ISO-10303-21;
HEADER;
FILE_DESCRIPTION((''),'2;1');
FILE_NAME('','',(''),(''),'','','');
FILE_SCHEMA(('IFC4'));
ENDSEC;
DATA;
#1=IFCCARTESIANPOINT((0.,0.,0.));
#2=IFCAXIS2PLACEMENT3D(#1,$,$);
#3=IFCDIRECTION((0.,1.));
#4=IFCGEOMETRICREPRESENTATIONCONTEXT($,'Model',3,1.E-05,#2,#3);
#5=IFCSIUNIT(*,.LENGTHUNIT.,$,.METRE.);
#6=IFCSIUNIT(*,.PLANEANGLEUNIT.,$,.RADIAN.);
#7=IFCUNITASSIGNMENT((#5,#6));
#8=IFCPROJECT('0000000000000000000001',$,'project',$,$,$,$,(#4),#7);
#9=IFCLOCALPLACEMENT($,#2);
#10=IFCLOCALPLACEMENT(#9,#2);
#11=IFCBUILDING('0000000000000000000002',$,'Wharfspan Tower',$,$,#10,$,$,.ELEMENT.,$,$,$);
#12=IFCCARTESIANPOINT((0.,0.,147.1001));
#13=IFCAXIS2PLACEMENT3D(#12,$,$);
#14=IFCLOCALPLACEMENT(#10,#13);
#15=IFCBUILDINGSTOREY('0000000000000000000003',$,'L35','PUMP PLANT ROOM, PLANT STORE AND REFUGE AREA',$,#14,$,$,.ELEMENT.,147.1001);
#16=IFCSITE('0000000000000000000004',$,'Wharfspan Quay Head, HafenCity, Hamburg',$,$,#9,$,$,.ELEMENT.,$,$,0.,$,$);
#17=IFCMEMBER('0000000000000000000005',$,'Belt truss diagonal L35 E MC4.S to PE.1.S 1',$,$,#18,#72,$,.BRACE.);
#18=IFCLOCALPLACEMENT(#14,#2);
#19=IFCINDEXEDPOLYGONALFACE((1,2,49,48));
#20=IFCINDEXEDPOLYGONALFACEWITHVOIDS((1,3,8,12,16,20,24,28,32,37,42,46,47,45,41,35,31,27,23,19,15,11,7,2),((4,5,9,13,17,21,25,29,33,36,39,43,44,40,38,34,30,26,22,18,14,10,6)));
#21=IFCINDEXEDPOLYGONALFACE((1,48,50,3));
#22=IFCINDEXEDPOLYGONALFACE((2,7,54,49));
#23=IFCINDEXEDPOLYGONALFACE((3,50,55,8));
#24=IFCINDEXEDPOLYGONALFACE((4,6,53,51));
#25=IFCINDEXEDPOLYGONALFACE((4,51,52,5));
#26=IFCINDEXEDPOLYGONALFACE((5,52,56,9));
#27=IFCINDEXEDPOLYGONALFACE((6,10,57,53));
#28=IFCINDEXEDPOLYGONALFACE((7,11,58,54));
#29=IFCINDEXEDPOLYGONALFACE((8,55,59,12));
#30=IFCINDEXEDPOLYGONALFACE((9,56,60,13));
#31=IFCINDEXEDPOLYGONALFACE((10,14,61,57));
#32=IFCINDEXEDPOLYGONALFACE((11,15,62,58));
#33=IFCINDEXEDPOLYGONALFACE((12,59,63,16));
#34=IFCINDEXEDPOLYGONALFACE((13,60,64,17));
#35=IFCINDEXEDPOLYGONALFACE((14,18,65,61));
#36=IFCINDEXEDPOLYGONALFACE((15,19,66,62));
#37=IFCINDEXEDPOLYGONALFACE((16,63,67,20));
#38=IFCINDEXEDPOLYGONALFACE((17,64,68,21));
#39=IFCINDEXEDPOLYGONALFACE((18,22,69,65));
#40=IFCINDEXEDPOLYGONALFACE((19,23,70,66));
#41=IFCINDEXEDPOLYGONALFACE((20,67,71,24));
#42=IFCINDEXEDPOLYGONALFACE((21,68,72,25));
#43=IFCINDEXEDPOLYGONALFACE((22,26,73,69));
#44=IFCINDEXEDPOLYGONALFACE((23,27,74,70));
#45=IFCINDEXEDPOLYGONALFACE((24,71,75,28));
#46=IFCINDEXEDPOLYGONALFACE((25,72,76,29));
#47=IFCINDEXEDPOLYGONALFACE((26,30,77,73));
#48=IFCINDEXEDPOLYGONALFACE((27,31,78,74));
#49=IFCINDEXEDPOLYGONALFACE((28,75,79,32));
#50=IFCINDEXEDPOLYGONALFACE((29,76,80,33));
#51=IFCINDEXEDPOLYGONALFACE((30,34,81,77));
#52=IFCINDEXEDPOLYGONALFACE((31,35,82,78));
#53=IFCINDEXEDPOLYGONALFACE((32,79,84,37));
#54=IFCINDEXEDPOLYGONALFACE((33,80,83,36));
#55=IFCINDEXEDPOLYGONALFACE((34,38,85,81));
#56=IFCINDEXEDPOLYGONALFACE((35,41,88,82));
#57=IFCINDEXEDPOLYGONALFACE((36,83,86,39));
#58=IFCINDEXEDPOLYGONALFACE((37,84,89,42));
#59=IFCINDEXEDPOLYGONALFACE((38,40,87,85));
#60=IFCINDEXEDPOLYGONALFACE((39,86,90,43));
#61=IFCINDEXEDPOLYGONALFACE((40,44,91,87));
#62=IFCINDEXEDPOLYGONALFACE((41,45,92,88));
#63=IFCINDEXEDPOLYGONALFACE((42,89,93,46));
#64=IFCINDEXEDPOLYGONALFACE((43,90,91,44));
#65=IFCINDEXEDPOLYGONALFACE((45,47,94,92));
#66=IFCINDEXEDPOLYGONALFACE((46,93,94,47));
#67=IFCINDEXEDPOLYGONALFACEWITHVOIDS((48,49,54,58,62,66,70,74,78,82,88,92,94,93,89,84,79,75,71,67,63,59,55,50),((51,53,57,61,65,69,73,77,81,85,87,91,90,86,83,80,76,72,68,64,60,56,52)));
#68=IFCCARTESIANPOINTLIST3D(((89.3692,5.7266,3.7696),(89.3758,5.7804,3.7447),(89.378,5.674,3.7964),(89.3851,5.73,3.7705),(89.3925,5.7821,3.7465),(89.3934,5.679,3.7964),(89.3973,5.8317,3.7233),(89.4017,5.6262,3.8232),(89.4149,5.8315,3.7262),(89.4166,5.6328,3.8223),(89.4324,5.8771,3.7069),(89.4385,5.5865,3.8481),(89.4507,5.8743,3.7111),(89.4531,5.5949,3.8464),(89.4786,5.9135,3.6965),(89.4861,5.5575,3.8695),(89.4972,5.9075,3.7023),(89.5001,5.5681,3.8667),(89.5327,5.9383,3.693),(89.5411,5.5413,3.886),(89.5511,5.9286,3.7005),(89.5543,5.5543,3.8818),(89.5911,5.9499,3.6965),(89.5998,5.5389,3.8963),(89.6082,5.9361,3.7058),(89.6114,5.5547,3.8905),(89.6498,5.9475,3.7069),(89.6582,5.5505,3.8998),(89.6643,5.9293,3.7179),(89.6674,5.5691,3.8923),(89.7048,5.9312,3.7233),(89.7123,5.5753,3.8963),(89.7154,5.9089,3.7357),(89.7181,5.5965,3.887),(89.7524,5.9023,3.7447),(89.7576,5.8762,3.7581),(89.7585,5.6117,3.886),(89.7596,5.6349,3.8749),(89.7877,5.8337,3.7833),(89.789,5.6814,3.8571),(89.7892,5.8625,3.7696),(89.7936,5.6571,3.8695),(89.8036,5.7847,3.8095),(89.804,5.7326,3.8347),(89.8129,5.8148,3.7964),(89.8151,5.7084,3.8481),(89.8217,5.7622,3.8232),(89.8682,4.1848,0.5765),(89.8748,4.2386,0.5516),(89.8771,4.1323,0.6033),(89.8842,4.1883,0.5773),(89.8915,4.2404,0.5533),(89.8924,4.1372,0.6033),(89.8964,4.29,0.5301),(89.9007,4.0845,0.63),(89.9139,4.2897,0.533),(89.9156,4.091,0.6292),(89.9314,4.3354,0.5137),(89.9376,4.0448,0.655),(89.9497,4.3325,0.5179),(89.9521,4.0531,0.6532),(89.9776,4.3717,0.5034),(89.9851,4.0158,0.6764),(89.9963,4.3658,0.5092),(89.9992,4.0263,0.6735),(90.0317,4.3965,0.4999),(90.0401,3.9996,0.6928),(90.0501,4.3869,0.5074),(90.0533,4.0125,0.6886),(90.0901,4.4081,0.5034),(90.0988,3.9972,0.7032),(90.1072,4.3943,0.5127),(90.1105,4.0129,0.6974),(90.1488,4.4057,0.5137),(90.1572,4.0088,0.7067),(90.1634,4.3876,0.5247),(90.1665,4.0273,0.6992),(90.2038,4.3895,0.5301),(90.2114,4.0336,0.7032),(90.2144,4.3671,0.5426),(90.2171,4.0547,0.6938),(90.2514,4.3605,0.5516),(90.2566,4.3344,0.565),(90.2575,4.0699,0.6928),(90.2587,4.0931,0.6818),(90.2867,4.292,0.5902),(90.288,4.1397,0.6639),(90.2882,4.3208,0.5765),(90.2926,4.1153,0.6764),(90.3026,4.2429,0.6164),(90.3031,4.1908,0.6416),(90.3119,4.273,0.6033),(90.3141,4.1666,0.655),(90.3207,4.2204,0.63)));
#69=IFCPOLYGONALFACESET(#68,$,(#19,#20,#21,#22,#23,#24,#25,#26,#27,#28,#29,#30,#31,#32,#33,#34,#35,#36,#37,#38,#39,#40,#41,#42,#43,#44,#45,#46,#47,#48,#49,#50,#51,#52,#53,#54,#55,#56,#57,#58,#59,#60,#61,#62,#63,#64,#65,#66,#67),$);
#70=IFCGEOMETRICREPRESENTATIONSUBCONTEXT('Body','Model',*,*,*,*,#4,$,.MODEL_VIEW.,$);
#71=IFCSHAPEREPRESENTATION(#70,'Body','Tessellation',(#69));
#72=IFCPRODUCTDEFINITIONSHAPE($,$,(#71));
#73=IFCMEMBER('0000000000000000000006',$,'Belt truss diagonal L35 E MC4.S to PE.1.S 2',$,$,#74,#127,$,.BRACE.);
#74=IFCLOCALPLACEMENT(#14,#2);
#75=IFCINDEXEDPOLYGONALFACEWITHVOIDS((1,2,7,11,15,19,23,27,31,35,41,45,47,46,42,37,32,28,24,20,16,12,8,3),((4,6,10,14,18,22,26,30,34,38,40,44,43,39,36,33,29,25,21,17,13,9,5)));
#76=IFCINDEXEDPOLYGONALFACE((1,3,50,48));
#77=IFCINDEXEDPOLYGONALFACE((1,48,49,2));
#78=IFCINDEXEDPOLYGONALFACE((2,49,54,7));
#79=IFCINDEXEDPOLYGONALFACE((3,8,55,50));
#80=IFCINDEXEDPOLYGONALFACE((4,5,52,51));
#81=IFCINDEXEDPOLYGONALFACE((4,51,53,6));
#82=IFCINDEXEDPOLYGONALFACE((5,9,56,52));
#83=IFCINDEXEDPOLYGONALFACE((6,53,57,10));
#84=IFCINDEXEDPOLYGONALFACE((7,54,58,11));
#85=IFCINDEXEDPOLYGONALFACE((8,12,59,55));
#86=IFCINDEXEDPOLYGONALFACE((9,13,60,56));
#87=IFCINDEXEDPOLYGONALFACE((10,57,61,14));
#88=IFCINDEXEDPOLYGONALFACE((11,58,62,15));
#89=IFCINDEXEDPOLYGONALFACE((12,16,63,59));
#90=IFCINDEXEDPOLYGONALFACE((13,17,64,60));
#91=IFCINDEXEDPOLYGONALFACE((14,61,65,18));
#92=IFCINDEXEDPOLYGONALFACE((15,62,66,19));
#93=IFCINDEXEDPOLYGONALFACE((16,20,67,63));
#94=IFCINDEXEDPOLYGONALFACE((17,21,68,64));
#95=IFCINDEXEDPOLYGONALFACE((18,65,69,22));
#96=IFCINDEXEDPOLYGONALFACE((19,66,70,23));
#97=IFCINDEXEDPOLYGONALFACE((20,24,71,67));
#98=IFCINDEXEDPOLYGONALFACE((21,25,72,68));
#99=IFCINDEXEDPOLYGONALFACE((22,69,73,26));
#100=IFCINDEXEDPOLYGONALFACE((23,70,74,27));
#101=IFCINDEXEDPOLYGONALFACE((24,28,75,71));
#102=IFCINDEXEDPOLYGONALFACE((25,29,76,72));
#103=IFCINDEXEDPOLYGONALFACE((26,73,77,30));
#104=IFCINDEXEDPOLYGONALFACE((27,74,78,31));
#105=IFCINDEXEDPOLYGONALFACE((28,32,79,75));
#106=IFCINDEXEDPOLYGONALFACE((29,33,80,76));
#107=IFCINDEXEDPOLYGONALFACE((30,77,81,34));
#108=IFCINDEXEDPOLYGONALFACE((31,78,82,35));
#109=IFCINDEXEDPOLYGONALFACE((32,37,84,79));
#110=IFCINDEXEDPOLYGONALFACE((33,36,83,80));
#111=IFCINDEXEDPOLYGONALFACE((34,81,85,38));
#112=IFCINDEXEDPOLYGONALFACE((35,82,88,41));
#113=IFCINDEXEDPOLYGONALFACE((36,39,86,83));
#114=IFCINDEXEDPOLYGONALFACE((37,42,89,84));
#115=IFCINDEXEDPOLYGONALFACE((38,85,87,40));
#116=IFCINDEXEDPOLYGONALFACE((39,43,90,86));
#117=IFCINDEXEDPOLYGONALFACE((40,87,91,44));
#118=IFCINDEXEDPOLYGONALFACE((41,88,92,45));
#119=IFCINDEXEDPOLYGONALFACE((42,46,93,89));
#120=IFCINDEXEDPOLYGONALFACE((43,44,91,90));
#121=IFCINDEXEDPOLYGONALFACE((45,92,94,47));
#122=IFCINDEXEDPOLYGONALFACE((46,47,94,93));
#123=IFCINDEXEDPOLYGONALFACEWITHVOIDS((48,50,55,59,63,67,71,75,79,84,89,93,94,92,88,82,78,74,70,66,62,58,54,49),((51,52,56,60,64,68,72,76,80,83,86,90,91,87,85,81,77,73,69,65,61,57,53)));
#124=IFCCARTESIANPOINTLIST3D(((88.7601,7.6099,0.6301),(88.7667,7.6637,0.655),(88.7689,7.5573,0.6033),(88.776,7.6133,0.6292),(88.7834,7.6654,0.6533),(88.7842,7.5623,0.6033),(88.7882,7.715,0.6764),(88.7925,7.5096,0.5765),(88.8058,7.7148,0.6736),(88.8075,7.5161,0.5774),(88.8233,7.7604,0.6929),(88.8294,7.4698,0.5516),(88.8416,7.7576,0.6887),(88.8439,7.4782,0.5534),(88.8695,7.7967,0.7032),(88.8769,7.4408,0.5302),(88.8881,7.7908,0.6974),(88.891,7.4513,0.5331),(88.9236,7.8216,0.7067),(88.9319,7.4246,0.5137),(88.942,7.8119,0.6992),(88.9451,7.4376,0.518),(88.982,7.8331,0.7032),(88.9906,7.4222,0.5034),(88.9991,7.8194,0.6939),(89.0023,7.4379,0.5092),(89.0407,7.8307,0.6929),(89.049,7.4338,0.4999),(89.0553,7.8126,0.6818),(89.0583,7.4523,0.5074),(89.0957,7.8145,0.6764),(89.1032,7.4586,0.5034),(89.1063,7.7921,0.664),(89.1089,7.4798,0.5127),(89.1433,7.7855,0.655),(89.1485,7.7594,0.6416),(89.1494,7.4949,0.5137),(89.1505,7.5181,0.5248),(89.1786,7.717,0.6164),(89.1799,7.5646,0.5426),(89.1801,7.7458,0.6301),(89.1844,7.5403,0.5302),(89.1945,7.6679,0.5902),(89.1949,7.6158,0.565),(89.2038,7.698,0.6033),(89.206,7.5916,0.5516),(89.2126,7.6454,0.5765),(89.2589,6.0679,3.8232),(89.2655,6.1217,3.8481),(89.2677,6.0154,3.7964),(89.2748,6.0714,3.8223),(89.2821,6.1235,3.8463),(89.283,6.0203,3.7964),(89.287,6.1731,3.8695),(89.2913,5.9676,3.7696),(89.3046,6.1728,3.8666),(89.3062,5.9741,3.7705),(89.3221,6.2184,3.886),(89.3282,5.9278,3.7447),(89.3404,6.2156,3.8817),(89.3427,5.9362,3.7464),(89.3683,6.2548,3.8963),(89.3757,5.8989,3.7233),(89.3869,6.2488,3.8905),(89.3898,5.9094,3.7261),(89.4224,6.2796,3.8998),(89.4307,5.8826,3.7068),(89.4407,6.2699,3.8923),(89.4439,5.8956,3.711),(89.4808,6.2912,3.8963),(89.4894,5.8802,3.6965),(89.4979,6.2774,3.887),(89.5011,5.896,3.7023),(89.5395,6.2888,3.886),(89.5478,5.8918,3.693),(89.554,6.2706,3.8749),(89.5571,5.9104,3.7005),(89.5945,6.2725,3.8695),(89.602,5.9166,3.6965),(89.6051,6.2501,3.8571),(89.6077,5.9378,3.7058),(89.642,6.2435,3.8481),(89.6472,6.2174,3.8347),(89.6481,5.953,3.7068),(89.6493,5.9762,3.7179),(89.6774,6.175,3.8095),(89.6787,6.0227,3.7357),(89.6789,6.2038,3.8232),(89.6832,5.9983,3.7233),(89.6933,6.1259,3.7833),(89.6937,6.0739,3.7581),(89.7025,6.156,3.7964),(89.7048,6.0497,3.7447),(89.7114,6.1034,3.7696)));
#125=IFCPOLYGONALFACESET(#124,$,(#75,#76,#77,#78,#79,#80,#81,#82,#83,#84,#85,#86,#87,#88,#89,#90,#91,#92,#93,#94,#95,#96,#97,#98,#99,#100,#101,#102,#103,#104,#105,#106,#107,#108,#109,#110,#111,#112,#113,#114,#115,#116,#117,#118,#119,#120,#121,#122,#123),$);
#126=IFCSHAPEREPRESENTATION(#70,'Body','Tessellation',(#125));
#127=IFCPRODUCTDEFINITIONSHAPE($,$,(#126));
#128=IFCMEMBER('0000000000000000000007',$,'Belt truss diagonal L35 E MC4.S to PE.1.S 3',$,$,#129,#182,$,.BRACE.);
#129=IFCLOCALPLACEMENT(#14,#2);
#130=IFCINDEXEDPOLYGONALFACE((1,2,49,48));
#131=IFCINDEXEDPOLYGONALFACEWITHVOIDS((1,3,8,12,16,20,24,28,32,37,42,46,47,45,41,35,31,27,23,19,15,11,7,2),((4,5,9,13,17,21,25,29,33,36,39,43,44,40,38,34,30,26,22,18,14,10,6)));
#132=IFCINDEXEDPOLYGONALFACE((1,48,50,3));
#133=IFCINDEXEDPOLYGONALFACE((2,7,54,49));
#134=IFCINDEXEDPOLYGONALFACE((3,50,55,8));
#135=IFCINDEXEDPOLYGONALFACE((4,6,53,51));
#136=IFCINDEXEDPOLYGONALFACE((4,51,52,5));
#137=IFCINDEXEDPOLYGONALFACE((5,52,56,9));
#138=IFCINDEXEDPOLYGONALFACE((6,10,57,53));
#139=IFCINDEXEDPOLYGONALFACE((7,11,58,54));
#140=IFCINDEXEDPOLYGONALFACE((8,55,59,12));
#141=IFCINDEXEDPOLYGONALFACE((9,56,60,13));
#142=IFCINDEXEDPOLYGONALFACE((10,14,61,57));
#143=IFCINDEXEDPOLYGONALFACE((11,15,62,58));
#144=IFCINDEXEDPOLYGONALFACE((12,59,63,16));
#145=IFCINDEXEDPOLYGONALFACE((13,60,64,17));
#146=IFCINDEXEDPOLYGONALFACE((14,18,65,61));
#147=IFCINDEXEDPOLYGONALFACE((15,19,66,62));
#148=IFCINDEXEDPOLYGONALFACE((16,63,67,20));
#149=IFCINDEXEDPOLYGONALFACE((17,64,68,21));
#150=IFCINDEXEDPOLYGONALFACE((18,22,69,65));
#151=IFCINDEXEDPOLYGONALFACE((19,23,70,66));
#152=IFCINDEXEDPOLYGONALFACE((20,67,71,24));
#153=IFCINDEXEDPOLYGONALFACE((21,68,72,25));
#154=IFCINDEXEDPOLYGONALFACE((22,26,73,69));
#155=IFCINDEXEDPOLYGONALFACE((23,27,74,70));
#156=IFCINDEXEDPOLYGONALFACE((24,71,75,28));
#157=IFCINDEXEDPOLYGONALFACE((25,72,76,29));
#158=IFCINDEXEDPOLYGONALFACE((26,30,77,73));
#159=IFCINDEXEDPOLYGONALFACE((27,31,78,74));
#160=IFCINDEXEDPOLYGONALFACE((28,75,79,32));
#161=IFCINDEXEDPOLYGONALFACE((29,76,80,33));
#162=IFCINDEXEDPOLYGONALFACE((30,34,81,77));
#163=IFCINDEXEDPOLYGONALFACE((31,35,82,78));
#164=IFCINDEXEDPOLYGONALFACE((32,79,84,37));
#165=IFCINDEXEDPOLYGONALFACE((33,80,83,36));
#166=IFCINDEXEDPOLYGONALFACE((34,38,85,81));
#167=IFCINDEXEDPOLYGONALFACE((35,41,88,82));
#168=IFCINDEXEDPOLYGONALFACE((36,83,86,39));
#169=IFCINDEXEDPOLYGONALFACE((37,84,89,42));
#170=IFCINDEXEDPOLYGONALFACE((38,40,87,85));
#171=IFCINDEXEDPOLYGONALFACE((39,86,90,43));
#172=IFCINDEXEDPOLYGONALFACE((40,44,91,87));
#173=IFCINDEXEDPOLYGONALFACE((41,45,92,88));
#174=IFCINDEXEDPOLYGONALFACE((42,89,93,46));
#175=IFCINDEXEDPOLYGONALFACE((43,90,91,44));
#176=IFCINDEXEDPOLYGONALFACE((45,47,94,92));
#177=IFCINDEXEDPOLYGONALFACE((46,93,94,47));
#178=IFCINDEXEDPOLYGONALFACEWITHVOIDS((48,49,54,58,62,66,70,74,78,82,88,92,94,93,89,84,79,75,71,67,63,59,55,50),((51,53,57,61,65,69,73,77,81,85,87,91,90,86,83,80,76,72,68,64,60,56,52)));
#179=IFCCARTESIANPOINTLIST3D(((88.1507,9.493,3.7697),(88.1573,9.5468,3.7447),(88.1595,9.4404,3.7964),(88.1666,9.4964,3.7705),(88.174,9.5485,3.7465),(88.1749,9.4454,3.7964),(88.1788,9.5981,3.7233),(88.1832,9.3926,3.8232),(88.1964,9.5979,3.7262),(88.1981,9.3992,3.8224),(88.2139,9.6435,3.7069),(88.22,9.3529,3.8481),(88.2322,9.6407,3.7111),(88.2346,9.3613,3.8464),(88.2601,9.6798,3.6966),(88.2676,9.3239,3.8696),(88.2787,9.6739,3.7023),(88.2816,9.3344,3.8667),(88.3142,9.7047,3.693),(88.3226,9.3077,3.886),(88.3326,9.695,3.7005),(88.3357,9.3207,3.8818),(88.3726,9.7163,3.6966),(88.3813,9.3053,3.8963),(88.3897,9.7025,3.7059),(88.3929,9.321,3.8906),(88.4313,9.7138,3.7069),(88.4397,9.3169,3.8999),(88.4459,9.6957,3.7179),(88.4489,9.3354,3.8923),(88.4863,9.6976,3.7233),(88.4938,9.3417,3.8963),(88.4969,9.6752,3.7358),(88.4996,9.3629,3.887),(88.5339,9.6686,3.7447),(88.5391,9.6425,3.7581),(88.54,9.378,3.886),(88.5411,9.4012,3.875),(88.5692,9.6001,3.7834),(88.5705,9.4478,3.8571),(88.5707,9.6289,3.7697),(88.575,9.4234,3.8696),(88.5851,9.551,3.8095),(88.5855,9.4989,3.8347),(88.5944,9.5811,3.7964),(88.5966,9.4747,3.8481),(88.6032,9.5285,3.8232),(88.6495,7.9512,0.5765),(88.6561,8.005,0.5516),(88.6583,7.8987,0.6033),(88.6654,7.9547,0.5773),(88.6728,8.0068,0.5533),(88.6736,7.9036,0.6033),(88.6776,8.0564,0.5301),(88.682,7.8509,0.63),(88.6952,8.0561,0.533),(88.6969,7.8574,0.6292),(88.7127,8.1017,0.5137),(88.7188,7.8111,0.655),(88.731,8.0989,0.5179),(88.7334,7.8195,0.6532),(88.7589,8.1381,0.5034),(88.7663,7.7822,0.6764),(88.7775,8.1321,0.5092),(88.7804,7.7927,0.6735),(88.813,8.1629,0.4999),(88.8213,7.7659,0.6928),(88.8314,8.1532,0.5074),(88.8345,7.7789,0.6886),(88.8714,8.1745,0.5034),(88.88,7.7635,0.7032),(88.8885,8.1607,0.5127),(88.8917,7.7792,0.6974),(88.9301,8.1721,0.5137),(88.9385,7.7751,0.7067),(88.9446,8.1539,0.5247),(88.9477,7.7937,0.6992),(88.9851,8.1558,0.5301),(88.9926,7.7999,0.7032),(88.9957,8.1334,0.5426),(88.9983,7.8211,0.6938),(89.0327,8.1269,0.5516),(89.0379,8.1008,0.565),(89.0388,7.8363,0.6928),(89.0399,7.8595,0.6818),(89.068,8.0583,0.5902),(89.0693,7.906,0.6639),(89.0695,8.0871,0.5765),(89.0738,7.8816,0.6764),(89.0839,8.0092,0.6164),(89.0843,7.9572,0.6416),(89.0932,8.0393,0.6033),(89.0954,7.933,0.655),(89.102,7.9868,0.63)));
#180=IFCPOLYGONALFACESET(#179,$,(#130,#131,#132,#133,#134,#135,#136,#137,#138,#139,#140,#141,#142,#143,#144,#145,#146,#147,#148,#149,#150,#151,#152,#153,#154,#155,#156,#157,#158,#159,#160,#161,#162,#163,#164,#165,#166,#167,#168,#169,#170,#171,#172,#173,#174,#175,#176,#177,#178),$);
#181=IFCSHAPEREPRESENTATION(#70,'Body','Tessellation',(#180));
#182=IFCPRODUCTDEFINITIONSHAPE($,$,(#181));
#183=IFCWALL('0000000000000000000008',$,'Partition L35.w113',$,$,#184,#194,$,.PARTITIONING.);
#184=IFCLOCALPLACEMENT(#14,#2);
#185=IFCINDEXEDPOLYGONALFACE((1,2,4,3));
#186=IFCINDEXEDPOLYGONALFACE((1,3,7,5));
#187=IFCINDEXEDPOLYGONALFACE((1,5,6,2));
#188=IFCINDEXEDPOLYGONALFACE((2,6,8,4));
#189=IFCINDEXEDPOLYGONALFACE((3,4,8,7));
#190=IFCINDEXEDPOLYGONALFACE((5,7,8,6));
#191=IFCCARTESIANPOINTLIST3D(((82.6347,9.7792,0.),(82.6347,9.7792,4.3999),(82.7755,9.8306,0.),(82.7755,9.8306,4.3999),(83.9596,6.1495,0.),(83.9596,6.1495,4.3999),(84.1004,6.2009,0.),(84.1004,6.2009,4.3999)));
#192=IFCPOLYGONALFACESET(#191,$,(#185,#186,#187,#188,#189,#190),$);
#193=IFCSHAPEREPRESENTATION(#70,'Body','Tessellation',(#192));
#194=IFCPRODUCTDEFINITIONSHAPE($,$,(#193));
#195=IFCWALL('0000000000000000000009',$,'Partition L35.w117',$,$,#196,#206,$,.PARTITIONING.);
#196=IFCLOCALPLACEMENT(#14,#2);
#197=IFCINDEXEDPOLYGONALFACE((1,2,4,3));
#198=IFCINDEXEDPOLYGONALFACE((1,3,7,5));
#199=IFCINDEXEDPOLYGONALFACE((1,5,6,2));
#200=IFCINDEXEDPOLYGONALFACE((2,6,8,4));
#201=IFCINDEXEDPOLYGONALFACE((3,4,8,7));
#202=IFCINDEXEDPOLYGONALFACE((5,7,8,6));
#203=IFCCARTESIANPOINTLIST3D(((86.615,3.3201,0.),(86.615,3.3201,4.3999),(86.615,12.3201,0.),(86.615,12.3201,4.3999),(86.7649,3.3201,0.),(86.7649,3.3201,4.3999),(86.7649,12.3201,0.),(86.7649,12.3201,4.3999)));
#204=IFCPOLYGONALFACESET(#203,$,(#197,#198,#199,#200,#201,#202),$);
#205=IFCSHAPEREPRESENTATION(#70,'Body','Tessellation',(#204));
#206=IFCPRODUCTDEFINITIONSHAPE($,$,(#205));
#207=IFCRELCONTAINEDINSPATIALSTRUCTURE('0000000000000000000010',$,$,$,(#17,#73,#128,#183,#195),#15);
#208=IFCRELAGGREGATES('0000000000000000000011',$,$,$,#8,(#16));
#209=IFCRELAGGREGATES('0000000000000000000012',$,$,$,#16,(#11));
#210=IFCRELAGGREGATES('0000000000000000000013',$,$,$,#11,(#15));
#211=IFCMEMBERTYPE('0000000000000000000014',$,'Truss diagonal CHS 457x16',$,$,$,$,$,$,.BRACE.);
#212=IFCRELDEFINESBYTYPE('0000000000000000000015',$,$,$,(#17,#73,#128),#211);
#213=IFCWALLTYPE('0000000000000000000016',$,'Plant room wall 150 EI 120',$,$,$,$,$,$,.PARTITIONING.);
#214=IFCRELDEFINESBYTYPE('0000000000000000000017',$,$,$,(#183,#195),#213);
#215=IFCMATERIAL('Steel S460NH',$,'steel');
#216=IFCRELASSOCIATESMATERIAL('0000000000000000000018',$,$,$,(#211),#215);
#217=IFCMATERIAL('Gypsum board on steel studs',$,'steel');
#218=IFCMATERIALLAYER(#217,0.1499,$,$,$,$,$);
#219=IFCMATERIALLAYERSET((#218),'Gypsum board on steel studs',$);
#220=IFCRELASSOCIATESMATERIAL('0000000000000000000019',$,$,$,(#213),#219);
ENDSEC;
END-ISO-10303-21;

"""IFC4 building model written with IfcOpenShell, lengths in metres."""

from ifc_helpers import new_model, si_unit, direction, frame, frame_2d, origin, origin_2d, place, context, subcontext, project, spatial, rectangle, hollow_circle, extrude, material, layer, layer_set, material_profile, profile_set, type_object, element, save


model = new_model("IFC4")

# Units and contexts
model_context = context("Model", 3, precision=1e-05, world=origin(), true_north=direction((0.0, 1.0)))
body_context = subcontext(model_context, "Body", "Model", "MODEL_VIEW")
ifc_project = project(units=[si_unit("LENGTHUNIT", "METRE"), si_unit("PLANEANGLEUNIT", "RADIAN")], contexts=[model_context])

# Site, building, storey
site_placement = place(None, origin())
site = spatial("IfcSite", under=ifc_project, at=site_placement, Name="Wharfspan Quay Head, HafenCity, Hamburg", CompositionType="ELEMENT", RefElevation=0.0)
building_placement = place(site_placement, origin())
building = spatial("IfcBuilding", under=site, at=building_placement, Name="Wharfspan Tower", CompositionType="ELEMENT")
storey_placement = place(building_placement, frame((0.0, 0.0, 147.1001)))
storey = spatial("IfcBuildingStorey", under=building, at=storey_placement, Name="L35", Description="PUMP PLANT ROOM, PLANT STORE AND REFUGE AREA", CompositionType="ELEMENT", Elevation=147.1001)

# Members
ifc_material_1 = material(Name="Steel S460NH", Category="steel")
ifc_material_profile_1 = material_profile(ifc_material_1, hollow_circle(Radius=0.2285, WallThickness=0.0161, at=origin_2d()))
ifc_profile_set_1 = profile_set([ifc_material_profile_1], Name="Steel S460NH")
member_type_1 = type_object("IfcMemberType", Name="Truss diagonal CHS 457x16", PredefinedType="BRACE", material=ifc_profile_set_1)
for number, where, z_axis, x_axis, name in (
    (1, (90.0945, 4.2026, 0.6033), (-0.139362, 0.430562, 0.891737), (-0.951406, -0.307946, 0.0), "Belt truss diagonal L35 E MC4.S to PE.1.S 1"),
    (2, (89.4851, 6.0857, 3.7964), (-0.139291, 0.430622, -0.891719), (-0.951461, -0.307764, 0.0), "Belt truss diagonal L35 E MC4.S to PE.1.S 2"),
    (3, (88.8757, 7.969, 0.6033), (-0.139295, 0.430566, 0.891745), (-0.951449, -0.307809, 0.0), "Belt truss diagonal L35 E MC4.S to PE.1.S 3"),
):
    element("IfcMember", number, at=place(storey_placement, frame(where, z_axis=z_axis, x_axis=x_axis)), inside=storey, type_object=member_type_1, Name=name, PredefinedType="BRACE", context=body_context, shape_type="SweptSolid", body=[
        extrude(hollow_circle(Radius=0.2285, WallThickness=0.0161, at=origin_2d()), origin(), (0.0, 0.0, 1.0), 3.5808),
    ])

# Walls
ifc_material_2 = material(Name="Gypsum board on steel studs", Category="steel")
ifc_layer = layer(ifc_material_2, 0.1499)
ifc_layer_set = layer_set([ifc_layer], Name="Gypsum board on steel studs")
wall_type = type_object("IfcWallType", Name="Plant room wall 150 EI 120", PredefinedType="PARTITIONING", material=ifc_layer_set)
wall_1_placement = place(storey_placement, frame((84.03, 6.175, 0.0), z_axis=(0.0, 0.0, 1.0), x_axis=(-0.342884, 0.939377, 0.0)))
element("IfcWall", 4, at=wall_1_placement, inside=storey, type_object=wall_type, Name="Partition L35.w113", PredefinedType="PARTITIONING", context=body_context, shape_type="SweptSolid", body=[
    extrude(rectangle(XDim=3.864, YDim=0.1499, at=frame_2d((1.9321, 0.0))), origin(), (0.0, 0.0, 1.0), 4.3999),
])
wall_2_placement = place(storey_placement, frame((86.6899, 3.3201, 0.0), z_axis=(0.0, 0.0, 1.0), x_axis=(0.0, 1.0, 0.0)))
element("IfcWall", 5, at=wall_2_placement, inside=storey, type_object=wall_type, Name="Partition L35.w117", PredefinedType="PARTITIONING", context=body_context, shape_type="SweptSolid", body=[
    extrude(rectangle(XDim=9.0, YDim=0.1499, at=frame_2d((4.5, 0.0))), origin(), (0.0, 0.0, 1.0), 4.3999),
])

save(model, "model.ifc")
